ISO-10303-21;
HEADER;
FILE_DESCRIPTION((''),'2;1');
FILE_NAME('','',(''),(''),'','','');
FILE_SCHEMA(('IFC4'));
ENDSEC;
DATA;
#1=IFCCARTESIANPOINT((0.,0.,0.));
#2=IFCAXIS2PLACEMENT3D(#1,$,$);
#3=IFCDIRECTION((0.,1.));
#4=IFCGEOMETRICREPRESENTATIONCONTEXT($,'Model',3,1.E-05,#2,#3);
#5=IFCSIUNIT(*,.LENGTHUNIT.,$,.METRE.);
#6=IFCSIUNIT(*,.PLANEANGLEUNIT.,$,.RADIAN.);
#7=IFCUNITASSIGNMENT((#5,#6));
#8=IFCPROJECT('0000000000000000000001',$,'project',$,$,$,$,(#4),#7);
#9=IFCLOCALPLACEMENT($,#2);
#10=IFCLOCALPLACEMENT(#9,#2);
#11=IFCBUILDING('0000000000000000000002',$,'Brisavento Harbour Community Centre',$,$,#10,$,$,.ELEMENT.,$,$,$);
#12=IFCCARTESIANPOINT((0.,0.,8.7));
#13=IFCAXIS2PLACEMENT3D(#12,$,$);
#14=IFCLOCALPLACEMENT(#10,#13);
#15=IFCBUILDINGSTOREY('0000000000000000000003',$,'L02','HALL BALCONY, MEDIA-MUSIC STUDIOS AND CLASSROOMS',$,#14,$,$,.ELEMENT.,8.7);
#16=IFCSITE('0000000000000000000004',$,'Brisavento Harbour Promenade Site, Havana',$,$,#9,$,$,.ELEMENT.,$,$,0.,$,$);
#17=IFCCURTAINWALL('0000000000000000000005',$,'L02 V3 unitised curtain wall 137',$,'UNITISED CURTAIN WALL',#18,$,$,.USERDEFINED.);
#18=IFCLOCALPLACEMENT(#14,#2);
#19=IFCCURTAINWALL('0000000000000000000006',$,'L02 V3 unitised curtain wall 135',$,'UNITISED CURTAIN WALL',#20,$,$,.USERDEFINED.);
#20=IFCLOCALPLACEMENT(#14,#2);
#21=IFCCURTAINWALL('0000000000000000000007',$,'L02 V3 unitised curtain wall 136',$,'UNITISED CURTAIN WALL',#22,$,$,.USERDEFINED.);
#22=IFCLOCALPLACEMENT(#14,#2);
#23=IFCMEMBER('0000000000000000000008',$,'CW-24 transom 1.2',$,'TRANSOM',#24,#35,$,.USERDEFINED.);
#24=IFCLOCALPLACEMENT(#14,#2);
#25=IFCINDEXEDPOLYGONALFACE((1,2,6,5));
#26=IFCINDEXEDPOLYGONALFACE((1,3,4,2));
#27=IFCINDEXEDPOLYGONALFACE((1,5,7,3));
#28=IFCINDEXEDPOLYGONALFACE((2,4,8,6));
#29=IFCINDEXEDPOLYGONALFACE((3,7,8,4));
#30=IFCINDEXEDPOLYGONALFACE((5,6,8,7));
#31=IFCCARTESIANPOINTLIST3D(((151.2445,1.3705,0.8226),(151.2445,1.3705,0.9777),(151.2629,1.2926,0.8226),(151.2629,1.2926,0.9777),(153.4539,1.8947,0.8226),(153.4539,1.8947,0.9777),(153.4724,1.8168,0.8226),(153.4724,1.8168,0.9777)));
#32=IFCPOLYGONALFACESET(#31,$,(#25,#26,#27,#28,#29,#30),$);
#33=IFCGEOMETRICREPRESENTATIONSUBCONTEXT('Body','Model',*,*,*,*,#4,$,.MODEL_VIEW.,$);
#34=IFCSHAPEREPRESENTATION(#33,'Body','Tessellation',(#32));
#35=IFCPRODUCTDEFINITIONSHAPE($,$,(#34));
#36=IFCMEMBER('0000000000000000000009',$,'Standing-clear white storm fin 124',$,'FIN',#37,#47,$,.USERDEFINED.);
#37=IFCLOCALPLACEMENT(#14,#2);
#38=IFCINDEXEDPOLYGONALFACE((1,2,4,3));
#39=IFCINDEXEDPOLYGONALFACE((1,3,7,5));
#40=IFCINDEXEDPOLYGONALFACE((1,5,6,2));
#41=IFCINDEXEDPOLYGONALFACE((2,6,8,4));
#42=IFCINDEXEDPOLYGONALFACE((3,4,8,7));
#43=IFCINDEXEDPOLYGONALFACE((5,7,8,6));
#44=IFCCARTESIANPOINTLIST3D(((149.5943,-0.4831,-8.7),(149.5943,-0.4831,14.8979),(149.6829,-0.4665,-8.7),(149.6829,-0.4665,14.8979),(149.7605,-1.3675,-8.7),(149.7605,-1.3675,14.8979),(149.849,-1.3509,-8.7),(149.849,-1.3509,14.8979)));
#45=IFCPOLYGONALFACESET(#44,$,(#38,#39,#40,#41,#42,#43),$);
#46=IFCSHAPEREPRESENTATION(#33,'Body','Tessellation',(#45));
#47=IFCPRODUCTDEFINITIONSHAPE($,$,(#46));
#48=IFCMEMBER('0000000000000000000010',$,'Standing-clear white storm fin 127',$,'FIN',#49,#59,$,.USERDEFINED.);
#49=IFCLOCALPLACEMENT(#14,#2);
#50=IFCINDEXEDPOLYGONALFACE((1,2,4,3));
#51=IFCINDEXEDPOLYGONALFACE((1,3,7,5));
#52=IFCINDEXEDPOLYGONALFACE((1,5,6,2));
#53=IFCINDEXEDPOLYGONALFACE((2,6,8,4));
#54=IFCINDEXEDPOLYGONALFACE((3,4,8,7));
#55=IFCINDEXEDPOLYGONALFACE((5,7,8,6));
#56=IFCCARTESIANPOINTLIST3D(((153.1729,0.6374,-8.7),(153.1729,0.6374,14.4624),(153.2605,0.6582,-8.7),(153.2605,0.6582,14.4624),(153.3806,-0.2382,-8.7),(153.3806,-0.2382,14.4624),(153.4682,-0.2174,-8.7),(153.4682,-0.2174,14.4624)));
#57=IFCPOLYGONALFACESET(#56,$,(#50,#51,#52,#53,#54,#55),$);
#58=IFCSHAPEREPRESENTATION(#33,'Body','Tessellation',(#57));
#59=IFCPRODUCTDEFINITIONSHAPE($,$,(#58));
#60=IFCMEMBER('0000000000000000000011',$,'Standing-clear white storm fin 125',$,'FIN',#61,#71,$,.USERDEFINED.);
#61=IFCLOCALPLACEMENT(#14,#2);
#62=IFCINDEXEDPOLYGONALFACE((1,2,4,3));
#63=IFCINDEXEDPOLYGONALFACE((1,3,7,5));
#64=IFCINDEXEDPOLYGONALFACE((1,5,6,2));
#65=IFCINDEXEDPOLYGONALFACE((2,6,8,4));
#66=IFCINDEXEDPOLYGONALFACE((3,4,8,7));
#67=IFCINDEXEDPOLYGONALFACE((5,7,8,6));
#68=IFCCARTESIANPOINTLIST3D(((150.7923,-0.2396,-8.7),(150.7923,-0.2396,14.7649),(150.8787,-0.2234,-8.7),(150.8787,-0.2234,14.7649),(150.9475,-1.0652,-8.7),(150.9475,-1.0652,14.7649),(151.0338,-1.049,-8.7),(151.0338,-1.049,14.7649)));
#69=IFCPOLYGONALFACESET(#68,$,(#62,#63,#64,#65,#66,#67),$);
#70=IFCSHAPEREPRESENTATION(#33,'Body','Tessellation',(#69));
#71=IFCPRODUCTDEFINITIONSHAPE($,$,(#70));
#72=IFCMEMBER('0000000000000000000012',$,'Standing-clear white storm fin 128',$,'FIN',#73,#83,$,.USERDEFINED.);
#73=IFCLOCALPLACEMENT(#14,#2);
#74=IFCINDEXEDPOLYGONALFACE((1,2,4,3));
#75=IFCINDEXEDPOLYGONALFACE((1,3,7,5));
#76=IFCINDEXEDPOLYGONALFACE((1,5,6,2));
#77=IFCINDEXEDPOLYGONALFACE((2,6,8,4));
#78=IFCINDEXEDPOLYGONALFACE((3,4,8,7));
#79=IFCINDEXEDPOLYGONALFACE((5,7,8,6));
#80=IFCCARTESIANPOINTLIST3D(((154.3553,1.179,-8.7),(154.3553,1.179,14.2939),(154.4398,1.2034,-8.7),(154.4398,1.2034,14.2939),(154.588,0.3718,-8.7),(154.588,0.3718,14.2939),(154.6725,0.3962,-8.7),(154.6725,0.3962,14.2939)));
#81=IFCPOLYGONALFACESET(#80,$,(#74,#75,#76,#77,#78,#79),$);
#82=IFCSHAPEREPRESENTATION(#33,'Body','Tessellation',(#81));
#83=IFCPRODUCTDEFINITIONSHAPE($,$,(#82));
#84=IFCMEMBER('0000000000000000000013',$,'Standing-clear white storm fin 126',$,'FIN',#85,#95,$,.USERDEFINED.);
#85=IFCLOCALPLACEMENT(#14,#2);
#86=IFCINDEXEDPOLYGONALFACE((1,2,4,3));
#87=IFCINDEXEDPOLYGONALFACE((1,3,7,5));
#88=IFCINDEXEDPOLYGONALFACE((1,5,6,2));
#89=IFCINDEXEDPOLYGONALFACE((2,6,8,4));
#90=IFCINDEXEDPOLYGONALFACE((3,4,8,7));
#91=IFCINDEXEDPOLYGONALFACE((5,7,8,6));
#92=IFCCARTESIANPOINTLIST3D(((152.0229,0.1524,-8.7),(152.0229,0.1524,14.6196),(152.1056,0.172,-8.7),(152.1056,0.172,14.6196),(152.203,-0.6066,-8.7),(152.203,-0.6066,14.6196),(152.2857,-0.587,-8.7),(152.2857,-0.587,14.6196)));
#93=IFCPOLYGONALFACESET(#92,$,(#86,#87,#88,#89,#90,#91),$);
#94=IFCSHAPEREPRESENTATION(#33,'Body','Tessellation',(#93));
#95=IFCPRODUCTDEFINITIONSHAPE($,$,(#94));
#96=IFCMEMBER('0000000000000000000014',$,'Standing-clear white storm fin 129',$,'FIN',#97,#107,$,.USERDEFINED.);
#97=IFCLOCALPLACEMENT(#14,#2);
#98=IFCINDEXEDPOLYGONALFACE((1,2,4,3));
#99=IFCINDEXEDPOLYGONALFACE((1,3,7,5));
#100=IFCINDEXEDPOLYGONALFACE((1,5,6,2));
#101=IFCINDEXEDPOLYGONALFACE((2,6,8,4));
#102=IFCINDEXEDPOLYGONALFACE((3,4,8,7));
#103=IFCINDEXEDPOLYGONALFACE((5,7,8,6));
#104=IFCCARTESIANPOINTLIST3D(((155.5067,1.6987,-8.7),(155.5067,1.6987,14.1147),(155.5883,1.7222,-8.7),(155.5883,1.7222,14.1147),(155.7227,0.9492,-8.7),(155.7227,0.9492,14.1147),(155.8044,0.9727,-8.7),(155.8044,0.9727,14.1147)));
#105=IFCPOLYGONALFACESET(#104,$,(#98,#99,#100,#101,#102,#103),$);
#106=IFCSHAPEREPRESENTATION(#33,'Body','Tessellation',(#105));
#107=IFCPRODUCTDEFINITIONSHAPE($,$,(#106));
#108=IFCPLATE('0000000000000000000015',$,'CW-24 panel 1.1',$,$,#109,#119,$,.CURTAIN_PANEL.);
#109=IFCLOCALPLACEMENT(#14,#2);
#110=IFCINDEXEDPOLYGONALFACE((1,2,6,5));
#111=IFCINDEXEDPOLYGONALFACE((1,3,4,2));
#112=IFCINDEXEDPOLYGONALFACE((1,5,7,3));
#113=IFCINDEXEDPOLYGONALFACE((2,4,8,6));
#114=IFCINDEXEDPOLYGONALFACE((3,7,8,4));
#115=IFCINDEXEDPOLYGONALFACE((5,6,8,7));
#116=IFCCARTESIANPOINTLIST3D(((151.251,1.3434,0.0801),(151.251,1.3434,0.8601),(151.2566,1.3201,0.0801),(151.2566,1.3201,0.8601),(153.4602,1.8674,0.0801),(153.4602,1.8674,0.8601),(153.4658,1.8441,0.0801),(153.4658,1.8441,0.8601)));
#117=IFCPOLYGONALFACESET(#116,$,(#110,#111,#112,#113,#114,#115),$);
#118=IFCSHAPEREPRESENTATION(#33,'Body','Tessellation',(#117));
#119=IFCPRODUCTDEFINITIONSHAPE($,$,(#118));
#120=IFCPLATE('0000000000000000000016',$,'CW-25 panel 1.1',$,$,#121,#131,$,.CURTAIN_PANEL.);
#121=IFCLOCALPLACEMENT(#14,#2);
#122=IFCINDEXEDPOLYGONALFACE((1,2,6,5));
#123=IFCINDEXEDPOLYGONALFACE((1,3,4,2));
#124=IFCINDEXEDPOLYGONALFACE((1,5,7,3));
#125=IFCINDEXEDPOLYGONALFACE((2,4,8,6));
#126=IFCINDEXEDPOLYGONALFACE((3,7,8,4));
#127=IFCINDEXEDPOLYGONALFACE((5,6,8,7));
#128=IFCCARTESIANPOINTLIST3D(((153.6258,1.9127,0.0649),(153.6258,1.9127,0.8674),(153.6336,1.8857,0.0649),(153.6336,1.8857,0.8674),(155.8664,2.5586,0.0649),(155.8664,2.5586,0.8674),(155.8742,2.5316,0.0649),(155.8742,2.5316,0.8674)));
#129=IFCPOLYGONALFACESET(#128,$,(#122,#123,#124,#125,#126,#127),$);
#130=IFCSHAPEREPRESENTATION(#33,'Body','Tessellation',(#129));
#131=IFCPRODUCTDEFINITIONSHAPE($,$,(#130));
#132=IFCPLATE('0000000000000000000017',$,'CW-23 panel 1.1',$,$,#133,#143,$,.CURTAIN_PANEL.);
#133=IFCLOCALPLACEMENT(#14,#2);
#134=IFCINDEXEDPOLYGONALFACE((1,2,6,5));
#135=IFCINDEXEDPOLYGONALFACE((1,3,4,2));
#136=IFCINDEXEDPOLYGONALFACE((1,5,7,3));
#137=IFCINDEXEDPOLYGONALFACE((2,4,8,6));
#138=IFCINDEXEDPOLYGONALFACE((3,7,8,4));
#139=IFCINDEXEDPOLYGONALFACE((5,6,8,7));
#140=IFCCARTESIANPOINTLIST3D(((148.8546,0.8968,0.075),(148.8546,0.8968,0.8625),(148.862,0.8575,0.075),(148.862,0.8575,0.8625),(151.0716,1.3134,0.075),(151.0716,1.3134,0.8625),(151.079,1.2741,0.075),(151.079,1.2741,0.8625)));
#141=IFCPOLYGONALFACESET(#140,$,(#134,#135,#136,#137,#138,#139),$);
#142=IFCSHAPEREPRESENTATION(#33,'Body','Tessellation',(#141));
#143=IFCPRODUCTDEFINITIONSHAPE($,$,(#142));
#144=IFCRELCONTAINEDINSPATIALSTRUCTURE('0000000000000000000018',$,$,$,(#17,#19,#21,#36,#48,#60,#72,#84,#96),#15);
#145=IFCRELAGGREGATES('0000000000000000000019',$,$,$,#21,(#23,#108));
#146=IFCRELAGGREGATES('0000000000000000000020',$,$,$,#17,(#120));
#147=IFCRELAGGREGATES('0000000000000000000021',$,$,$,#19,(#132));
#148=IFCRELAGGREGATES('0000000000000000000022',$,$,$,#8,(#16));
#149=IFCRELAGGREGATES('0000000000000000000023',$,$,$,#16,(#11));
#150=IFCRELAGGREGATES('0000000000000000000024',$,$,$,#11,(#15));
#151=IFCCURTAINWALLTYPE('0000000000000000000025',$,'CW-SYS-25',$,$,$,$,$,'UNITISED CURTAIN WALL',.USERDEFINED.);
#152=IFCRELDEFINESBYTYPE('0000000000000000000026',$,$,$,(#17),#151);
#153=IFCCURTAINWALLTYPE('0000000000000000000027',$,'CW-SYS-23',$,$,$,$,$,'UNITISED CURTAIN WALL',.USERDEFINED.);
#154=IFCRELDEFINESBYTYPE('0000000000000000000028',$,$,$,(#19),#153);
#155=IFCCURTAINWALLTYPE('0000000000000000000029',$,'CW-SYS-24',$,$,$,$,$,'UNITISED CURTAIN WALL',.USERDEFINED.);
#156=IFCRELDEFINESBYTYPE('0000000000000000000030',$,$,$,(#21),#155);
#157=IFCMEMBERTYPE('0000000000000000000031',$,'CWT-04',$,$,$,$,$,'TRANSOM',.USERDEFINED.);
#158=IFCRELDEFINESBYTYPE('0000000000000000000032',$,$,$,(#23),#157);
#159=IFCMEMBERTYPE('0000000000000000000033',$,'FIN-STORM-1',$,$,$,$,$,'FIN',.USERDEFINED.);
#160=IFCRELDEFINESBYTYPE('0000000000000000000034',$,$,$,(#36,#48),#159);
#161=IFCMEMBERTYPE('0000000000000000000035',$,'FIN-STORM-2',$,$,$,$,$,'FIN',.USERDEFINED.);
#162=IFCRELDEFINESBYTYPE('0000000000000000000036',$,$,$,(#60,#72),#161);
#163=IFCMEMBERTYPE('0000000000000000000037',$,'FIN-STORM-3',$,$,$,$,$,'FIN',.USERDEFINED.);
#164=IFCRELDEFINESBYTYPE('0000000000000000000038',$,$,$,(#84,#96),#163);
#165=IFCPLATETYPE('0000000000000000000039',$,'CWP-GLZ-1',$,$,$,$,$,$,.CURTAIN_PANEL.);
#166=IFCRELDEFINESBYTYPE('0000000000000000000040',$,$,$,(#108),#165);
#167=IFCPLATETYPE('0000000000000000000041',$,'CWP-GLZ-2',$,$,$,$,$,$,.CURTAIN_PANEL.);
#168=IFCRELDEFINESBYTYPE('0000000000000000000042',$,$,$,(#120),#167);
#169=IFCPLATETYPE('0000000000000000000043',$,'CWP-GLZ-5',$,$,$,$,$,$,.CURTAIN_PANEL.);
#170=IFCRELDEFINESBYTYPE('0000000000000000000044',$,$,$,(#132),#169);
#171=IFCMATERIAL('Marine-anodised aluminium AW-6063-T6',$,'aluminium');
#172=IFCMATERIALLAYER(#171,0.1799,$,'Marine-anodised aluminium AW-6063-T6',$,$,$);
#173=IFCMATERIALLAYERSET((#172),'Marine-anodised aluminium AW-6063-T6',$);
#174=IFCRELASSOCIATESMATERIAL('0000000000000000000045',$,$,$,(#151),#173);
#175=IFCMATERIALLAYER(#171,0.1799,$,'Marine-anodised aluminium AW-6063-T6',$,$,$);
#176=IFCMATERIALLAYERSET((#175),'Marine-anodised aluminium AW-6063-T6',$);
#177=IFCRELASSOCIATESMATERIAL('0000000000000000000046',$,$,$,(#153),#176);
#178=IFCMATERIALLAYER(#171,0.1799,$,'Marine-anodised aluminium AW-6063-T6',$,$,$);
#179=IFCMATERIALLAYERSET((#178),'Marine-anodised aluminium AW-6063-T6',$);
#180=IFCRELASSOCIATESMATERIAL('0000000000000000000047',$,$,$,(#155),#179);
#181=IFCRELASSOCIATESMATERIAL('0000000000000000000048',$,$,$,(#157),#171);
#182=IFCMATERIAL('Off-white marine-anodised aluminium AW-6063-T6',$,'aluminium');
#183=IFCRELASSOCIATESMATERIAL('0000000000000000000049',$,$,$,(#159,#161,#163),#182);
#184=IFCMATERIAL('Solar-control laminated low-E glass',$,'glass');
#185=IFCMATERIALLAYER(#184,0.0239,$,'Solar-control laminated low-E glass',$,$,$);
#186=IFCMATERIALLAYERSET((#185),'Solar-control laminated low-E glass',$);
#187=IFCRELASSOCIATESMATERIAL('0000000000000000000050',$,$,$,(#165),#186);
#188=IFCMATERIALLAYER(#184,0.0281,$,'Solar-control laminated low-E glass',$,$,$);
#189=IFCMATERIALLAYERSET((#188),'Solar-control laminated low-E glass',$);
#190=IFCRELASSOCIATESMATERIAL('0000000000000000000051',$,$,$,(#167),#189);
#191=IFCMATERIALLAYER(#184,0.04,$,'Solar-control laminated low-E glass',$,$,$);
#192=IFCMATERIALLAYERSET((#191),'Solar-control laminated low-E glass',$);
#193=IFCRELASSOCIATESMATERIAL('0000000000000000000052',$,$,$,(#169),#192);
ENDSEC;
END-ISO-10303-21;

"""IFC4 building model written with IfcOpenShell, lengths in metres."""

from ifc_helpers import new_model, si_unit, direction, frame, origin, origin_2d, place, context, subcontext, project, spatial, rectangle, extrude, material, layer, layer_set, material_profile, profile_set, type_object, element, aggregate, save


model = new_model("IFC4")

# Units and contexts
model_context = context("Model", 3, precision=1e-05, world=origin(), true_north=direction((0.0, 1.0)))
body_context = subcontext(model_context, "Body", "Model", "MODEL_VIEW")
ifc_project = project(units=[si_unit("LENGTHUNIT", "METRE"), si_unit("PLANEANGLEUNIT", "RADIAN")], contexts=[model_context])

# Site, building, storey
site_placement = place(None, origin())
site = spatial("IfcSite", under=ifc_project, at=site_placement, Name="Brisavento Harbour Promenade Site, Havana", CompositionType="ELEMENT", RefElevation=0.0)
building_placement = place(site_placement, origin())
building = spatial("IfcBuilding", under=site, at=building_placement, Name="Brisavento Harbour Community Centre", CompositionType="ELEMENT")
storey_placement = place(building_placement, frame((0.0, 0.0, 8.7)))
storey = spatial("IfcBuildingStorey", under=building, at=storey_placement, Name="L02", Description="HALL BALCONY, MEDIA-MUSIC STUDIOS AND CLASSROOMS", CompositionType="ELEMENT", Elevation=8.7)

# Curtain wall
ifc_material_1 = material(Name="Marine-anodised aluminium AW-6063-T6", Category="aluminium")
ifc_layer_1 = layer(ifc_material_1, 0.1799, Name="Marine-anodised aluminium AW-6063-T6")
ifc_layer_set_1 = layer_set([ifc_layer_1], Name="Marine-anodised aluminium AW-6063-T6")
curtain_wall_type_1 = type_object("IfcCurtainWallType", Name="CW-SYS-25", ElementType="UNITISED CURTAIN WALL", PredefinedType="USERDEFINED", material=ifc_layer_set_1)
curtain_wall_1_placement = place(storey_placement, origin())
curtain_wall_1 = element("IfcCurtainWall", 1, at=curtain_wall_1_placement, inside=storey, type_object=curtain_wall_type_1, Name="L02 V3 unitised curtain wall 137", ObjectType="UNITISED CURTAIN WALL", PredefinedType="USERDEFINED")

# Curtain walls
ifc_layer_2 = layer(ifc_material_1, 0.1799, Name="Marine-anodised aluminium AW-6063-T6")
ifc_layer_set_2 = layer_set([ifc_layer_2], Name="Marine-anodised aluminium AW-6063-T6")
curtain_wall_type_2 = type_object("IfcCurtainWallType", Name="CW-SYS-23", ElementType="UNITISED CURTAIN WALL", PredefinedType="USERDEFINED", material=ifc_layer_set_2)
curtain_wall_2_placement = place(storey_placement, origin())
curtain_wall_2 = element("IfcCurtainWall", 2, at=curtain_wall_2_placement, inside=storey, type_object=curtain_wall_type_2, Name="L02 V3 unitised curtain wall 135", ObjectType="UNITISED CURTAIN WALL", PredefinedType="USERDEFINED")
ifc_layer_3 = layer(ifc_material_1, 0.1799, Name="Marine-anodised aluminium AW-6063-T6")
ifc_layer_set_3 = layer_set([ifc_layer_3], Name="Marine-anodised aluminium AW-6063-T6")
curtain_wall_type_3 = type_object("IfcCurtainWallType", Name="CW-SYS-24", ElementType="UNITISED CURTAIN WALL", PredefinedType="USERDEFINED", material=ifc_layer_set_3)
curtain_wall_3_placement = place(storey_placement, origin())
curtain_wall_3 = element("IfcCurtainWall", 3, at=curtain_wall_3_placement, inside=storey, type_object=curtain_wall_type_3, Name="L02 V3 unitised curtain wall 136", ObjectType="UNITISED CURTAIN WALL", PredefinedType="USERDEFINED")

# Member
ifc_material_profile_1 = material_profile(ifc_material_1, rectangle(XDim=0.0801, YDim=0.155, at=origin_2d()), Name="Marine-anodised aluminium AW-6063-T6")
ifc_profile_set_1 = profile_set([ifc_material_profile_1], Name="Marine-anodised aluminium AW-6063-T6")
member_type_1 = type_object("IfcMemberType", Name="CWT-04", ElementType="TRANSOM", PredefinedType="USERDEFINED", material=ifc_profile_set_1)
member_1_placement = place(storey_placement, frame((153.4631, 1.8557, 0.9001), z_axis=(-0.972994, -0.230831, 0.0), x_axis=(0.230831, -0.972994, 0.0)))
member_1 = element("IfcMember", 4, at=member_1_placement, type_object=member_type_1, Name="CW-24 transom 1.2", ObjectType="TRANSOM", PredefinedType="USERDEFINED", context=body_context, shape_type="SweptSolid", body=[
    extrude(rectangle(XDim=0.0801, YDim=0.155, at=origin_2d()), origin(), (0.0, 0.0, 1.0), 2.2708),
])

# Members
ifc_material_2 = material(Name="Off-white marine-anodised aluminium AW-6063-T6", Category="aluminium")
ifc_material_profile_2 = material_profile(ifc_material_2, rectangle(XDim=0.0901, YDim=0.8999, at=origin_2d()), Name="Off-white marine-anodised aluminium AW-6063-T6")
ifc_profile_set_2 = profile_set([ifc_material_profile_2], Name="Off-white marine-anodised aluminium AW-6063-T6")
member_type_2 = type_object("IfcMemberType", Name="FIN-STORM-1", ElementType="FIN", PredefinedType="USERDEFINED", material=ifc_profile_set_2)
member_2_placement = place(storey_placement, frame((149.7217, -0.917, -8.7), z_axis=(0.0, 0.0, 1.0), x_axis=(-0.9828, -0.184672, 0.0)))
element("IfcMember", 5, at=member_2_placement, inside=storey, type_object=member_type_2, Name="Standing-clear white storm fin 124", ObjectType="FIN", PredefinedType="USERDEFINED", context=body_context, shape_type="SweptSolid", body=[
    extrude(rectangle(XDim=0.0901, YDim=0.8999, at=origin_2d()), origin(), (0.0, 0.0, 1.0), 23.5979),
])
member_3_placement = place(storey_placement, frame((153.3206, 0.21, -8.7), z_axis=(0.0, 0.0, 1.0), x_axis=(-0.972994, -0.230831, 0.0)))
element("IfcMember", 6, at=member_3_placement, inside=storey, type_object=member_type_2, Name="Standing-clear white storm fin 127", ObjectType="FIN", PredefinedType="USERDEFINED", context=body_context, shape_type="SweptSolid", body=[
    extrude(rectangle(XDim=0.0901, YDim=0.8999, at=origin_2d()), origin(), (0.0, 0.0, 1.0), 23.1624),
])
ifc_material_profile_3 = material_profile(ifc_material_2, rectangle(XDim=0.0879, YDim=0.8401, at=origin_2d()), Name="Off-white marine-anodised aluminium AW-6063-T6")
ifc_profile_set_3 = profile_set([ifc_material_profile_3], Name="Off-white marine-anodised aluminium AW-6063-T6")
member_type_3 = type_object("IfcMemberType", Name="FIN-STORM-2", ElementType="FIN", PredefinedType="USERDEFINED", material=ifc_profile_set_3)
member_4_placement = place(storey_placement, frame((150.9131, -0.6443, -8.7), z_axis=(0.0, 0.0, 1.0), x_axis=(-0.9828, -0.184672, 0.0)))
element("IfcMember", 7, at=member_4_placement, inside=storey, type_object=member_type_3, Name="Standing-clear white storm fin 125", ObjectType="FIN", PredefinedType="USERDEFINED", context=body_context, shape_type="SweptSolid", body=[
    extrude(rectangle(XDim=0.0879, YDim=0.8401, at=origin_2d()), origin(), (0.0, 0.0, 1.0), 23.4648),
])
member_5_placement = place(storey_placement, frame((154.5139, 0.7876, -8.7), z_axis=(0.0, 0.0, 1.0), x_axis=(-0.960871, -0.276996, 0.0)))
element("IfcMember", 8, at=member_5_placement, inside=storey, type_object=member_type_3, Name="Standing-clear white storm fin 128", ObjectType="FIN", PredefinedType="USERDEFINED", context=body_context, shape_type="SweptSolid", body=[
    extrude(rectangle(XDim=0.0879, YDim=0.8401, at=origin_2d()), origin(), (0.0, 0.0, 1.0), 22.9939),
])
ifc_material_profile_4 = material_profile(ifc_material_2, rectangle(XDim=0.085, YDim=0.78, at=origin_2d()), Name="Off-white marine-anodised aluminium AW-6063-T6")
ifc_profile_set_4 = profile_set([ifc_material_profile_4], Name="Off-white marine-anodised aluminium AW-6063-T6")
member_type_4 = type_object("IfcMemberType", Name="FIN-STORM-3", ElementType="FIN", PredefinedType="USERDEFINED", material=ifc_profile_set_4)
member_6_placement = place(storey_placement, frame((152.1543, -0.2173, -8.7), z_axis=(0.0, 0.0, 1.0), x_axis=(-0.972994, -0.230831, 0.0)))
element("IfcMember", 9, at=member_6_placement, inside=storey, type_object=member_type_4, Name="Standing-clear white storm fin 126", ObjectType="FIN", PredefinedType="USERDEFINED", context=body_context, shape_type="SweptSolid", body=[
    extrude(rectangle(XDim=0.085, YDim=0.78, at=origin_2d()), origin(), (0.0, 0.0, 1.0), 23.3196),
])
member_7_placement = place(storey_placement, frame((155.6555, 1.3357, -8.7), z_axis=(0.0, 0.0, 1.0), x_axis=(-0.960871, -0.276996, 0.0)))
element("IfcMember", 10, at=member_7_placement, inside=storey, type_object=member_type_4, Name="Standing-clear white storm fin 129", ObjectType="FIN", PredefinedType="USERDEFINED", context=body_context, shape_type="SweptSolid", body=[
    extrude(rectangle(XDim=0.085, YDim=0.78, at=origin_2d()), origin(), (0.0, 0.0, 1.0), 22.8147),
])

# Plates
ifc_material_3 = material(Name="Solar-control laminated low-E glass", Category="glass")
ifc_layer_4 = layer(ifc_material_3, 0.0239, Name="Solar-control laminated low-E glass")
ifc_layer_set_4 = layer_set([ifc_layer_4], Name="Solar-control laminated low-E glass")
plate_type_1 = type_object("IfcPlateType", Name="CWP-GLZ-1", PredefinedType="CURTAIN_PANEL", material=ifc_layer_set_4)
plate_1_placement = place(storey_placement, frame((152.3584, 1.5938, 0.0801), z_axis=(0.0, 0.0, 1.0), x_axis=(-0.973, -0.230805, 0.0)))
plate_1 = element("IfcPlate", 11, at=plate_1_placement, type_object=plate_type_1, Name="CW-24 panel 1.1", PredefinedType="CURTAIN_PANEL", context=body_context, shape_type="SweptSolid", body=[
    extrude(rectangle(XDim=2.2705, YDim=0.0239, at=origin_2d()), origin(), (0.0, 0.0, 1.0), 0.78),
])
aggregate(curtain_wall_3, [member_1, plate_1])
ifc_layer_5 = layer(ifc_material_3, 0.0281, Name="Solar-control laminated low-E glass")
ifc_layer_set_5 = layer_set([ifc_layer_5], Name="Solar-control laminated low-E glass")
plate_type_2 = type_object("IfcPlateType", Name="CWP-GLZ-2", PredefinedType="CURTAIN_PANEL", material=ifc_layer_set_5)
plate_2_placement = place(storey_placement, frame((154.75, 2.2222, 0.0649), z_axis=(0.0, 0.0, 1.0), x_axis=(-0.96087, -0.277001, 0.0)))
plate_2 = element("IfcPlate", 12, at=plate_2_placement, type_object=plate_type_2, Name="CW-25 panel 1.1", PredefinedType="CURTAIN_PANEL", context=body_context, shape_type="SweptSolid", body=[
    extrude(rectangle(XDim=2.3318, YDim=0.0281, at=origin_2d()), origin(), (0.0, 0.0, 1.0), 0.8025),
])
aggregate(curtain_wall_1, [plate_2])
ifc_layer_6 = layer(ifc_material_3, 0.04, Name="Solar-control laminated low-E glass")
ifc_layer_set_6 = layer_set([ifc_layer_6], Name="Solar-control laminated low-E glass")
plate_type_3 = type_object("IfcPlateType", Name="CWP-GLZ-5", PredefinedType="CURTAIN_PANEL", material=ifc_layer_set_6)
plate_3_placement = place(storey_placement, frame((149.9668, 1.0854, 0.075), z_axis=(0.0, 0.0, 1.0), x_axis=(-0.982802, -0.184665, 0.0)))
plate_3 = element("IfcPlate", 13, at=plate_3_placement, type_object=plate_type_3, Name="CW-23 panel 1.1", PredefinedType="CURTAIN_PANEL", context=body_context, shape_type="SweptSolid", body=[
    extrude(rectangle(XDim=2.2559, YDim=0.04, at=origin_2d()), origin(), (0.0, 0.0, 1.0), 0.7876),
])
aggregate(curtain_wall_2, [plate_3])

save(model, "model.ifc")
